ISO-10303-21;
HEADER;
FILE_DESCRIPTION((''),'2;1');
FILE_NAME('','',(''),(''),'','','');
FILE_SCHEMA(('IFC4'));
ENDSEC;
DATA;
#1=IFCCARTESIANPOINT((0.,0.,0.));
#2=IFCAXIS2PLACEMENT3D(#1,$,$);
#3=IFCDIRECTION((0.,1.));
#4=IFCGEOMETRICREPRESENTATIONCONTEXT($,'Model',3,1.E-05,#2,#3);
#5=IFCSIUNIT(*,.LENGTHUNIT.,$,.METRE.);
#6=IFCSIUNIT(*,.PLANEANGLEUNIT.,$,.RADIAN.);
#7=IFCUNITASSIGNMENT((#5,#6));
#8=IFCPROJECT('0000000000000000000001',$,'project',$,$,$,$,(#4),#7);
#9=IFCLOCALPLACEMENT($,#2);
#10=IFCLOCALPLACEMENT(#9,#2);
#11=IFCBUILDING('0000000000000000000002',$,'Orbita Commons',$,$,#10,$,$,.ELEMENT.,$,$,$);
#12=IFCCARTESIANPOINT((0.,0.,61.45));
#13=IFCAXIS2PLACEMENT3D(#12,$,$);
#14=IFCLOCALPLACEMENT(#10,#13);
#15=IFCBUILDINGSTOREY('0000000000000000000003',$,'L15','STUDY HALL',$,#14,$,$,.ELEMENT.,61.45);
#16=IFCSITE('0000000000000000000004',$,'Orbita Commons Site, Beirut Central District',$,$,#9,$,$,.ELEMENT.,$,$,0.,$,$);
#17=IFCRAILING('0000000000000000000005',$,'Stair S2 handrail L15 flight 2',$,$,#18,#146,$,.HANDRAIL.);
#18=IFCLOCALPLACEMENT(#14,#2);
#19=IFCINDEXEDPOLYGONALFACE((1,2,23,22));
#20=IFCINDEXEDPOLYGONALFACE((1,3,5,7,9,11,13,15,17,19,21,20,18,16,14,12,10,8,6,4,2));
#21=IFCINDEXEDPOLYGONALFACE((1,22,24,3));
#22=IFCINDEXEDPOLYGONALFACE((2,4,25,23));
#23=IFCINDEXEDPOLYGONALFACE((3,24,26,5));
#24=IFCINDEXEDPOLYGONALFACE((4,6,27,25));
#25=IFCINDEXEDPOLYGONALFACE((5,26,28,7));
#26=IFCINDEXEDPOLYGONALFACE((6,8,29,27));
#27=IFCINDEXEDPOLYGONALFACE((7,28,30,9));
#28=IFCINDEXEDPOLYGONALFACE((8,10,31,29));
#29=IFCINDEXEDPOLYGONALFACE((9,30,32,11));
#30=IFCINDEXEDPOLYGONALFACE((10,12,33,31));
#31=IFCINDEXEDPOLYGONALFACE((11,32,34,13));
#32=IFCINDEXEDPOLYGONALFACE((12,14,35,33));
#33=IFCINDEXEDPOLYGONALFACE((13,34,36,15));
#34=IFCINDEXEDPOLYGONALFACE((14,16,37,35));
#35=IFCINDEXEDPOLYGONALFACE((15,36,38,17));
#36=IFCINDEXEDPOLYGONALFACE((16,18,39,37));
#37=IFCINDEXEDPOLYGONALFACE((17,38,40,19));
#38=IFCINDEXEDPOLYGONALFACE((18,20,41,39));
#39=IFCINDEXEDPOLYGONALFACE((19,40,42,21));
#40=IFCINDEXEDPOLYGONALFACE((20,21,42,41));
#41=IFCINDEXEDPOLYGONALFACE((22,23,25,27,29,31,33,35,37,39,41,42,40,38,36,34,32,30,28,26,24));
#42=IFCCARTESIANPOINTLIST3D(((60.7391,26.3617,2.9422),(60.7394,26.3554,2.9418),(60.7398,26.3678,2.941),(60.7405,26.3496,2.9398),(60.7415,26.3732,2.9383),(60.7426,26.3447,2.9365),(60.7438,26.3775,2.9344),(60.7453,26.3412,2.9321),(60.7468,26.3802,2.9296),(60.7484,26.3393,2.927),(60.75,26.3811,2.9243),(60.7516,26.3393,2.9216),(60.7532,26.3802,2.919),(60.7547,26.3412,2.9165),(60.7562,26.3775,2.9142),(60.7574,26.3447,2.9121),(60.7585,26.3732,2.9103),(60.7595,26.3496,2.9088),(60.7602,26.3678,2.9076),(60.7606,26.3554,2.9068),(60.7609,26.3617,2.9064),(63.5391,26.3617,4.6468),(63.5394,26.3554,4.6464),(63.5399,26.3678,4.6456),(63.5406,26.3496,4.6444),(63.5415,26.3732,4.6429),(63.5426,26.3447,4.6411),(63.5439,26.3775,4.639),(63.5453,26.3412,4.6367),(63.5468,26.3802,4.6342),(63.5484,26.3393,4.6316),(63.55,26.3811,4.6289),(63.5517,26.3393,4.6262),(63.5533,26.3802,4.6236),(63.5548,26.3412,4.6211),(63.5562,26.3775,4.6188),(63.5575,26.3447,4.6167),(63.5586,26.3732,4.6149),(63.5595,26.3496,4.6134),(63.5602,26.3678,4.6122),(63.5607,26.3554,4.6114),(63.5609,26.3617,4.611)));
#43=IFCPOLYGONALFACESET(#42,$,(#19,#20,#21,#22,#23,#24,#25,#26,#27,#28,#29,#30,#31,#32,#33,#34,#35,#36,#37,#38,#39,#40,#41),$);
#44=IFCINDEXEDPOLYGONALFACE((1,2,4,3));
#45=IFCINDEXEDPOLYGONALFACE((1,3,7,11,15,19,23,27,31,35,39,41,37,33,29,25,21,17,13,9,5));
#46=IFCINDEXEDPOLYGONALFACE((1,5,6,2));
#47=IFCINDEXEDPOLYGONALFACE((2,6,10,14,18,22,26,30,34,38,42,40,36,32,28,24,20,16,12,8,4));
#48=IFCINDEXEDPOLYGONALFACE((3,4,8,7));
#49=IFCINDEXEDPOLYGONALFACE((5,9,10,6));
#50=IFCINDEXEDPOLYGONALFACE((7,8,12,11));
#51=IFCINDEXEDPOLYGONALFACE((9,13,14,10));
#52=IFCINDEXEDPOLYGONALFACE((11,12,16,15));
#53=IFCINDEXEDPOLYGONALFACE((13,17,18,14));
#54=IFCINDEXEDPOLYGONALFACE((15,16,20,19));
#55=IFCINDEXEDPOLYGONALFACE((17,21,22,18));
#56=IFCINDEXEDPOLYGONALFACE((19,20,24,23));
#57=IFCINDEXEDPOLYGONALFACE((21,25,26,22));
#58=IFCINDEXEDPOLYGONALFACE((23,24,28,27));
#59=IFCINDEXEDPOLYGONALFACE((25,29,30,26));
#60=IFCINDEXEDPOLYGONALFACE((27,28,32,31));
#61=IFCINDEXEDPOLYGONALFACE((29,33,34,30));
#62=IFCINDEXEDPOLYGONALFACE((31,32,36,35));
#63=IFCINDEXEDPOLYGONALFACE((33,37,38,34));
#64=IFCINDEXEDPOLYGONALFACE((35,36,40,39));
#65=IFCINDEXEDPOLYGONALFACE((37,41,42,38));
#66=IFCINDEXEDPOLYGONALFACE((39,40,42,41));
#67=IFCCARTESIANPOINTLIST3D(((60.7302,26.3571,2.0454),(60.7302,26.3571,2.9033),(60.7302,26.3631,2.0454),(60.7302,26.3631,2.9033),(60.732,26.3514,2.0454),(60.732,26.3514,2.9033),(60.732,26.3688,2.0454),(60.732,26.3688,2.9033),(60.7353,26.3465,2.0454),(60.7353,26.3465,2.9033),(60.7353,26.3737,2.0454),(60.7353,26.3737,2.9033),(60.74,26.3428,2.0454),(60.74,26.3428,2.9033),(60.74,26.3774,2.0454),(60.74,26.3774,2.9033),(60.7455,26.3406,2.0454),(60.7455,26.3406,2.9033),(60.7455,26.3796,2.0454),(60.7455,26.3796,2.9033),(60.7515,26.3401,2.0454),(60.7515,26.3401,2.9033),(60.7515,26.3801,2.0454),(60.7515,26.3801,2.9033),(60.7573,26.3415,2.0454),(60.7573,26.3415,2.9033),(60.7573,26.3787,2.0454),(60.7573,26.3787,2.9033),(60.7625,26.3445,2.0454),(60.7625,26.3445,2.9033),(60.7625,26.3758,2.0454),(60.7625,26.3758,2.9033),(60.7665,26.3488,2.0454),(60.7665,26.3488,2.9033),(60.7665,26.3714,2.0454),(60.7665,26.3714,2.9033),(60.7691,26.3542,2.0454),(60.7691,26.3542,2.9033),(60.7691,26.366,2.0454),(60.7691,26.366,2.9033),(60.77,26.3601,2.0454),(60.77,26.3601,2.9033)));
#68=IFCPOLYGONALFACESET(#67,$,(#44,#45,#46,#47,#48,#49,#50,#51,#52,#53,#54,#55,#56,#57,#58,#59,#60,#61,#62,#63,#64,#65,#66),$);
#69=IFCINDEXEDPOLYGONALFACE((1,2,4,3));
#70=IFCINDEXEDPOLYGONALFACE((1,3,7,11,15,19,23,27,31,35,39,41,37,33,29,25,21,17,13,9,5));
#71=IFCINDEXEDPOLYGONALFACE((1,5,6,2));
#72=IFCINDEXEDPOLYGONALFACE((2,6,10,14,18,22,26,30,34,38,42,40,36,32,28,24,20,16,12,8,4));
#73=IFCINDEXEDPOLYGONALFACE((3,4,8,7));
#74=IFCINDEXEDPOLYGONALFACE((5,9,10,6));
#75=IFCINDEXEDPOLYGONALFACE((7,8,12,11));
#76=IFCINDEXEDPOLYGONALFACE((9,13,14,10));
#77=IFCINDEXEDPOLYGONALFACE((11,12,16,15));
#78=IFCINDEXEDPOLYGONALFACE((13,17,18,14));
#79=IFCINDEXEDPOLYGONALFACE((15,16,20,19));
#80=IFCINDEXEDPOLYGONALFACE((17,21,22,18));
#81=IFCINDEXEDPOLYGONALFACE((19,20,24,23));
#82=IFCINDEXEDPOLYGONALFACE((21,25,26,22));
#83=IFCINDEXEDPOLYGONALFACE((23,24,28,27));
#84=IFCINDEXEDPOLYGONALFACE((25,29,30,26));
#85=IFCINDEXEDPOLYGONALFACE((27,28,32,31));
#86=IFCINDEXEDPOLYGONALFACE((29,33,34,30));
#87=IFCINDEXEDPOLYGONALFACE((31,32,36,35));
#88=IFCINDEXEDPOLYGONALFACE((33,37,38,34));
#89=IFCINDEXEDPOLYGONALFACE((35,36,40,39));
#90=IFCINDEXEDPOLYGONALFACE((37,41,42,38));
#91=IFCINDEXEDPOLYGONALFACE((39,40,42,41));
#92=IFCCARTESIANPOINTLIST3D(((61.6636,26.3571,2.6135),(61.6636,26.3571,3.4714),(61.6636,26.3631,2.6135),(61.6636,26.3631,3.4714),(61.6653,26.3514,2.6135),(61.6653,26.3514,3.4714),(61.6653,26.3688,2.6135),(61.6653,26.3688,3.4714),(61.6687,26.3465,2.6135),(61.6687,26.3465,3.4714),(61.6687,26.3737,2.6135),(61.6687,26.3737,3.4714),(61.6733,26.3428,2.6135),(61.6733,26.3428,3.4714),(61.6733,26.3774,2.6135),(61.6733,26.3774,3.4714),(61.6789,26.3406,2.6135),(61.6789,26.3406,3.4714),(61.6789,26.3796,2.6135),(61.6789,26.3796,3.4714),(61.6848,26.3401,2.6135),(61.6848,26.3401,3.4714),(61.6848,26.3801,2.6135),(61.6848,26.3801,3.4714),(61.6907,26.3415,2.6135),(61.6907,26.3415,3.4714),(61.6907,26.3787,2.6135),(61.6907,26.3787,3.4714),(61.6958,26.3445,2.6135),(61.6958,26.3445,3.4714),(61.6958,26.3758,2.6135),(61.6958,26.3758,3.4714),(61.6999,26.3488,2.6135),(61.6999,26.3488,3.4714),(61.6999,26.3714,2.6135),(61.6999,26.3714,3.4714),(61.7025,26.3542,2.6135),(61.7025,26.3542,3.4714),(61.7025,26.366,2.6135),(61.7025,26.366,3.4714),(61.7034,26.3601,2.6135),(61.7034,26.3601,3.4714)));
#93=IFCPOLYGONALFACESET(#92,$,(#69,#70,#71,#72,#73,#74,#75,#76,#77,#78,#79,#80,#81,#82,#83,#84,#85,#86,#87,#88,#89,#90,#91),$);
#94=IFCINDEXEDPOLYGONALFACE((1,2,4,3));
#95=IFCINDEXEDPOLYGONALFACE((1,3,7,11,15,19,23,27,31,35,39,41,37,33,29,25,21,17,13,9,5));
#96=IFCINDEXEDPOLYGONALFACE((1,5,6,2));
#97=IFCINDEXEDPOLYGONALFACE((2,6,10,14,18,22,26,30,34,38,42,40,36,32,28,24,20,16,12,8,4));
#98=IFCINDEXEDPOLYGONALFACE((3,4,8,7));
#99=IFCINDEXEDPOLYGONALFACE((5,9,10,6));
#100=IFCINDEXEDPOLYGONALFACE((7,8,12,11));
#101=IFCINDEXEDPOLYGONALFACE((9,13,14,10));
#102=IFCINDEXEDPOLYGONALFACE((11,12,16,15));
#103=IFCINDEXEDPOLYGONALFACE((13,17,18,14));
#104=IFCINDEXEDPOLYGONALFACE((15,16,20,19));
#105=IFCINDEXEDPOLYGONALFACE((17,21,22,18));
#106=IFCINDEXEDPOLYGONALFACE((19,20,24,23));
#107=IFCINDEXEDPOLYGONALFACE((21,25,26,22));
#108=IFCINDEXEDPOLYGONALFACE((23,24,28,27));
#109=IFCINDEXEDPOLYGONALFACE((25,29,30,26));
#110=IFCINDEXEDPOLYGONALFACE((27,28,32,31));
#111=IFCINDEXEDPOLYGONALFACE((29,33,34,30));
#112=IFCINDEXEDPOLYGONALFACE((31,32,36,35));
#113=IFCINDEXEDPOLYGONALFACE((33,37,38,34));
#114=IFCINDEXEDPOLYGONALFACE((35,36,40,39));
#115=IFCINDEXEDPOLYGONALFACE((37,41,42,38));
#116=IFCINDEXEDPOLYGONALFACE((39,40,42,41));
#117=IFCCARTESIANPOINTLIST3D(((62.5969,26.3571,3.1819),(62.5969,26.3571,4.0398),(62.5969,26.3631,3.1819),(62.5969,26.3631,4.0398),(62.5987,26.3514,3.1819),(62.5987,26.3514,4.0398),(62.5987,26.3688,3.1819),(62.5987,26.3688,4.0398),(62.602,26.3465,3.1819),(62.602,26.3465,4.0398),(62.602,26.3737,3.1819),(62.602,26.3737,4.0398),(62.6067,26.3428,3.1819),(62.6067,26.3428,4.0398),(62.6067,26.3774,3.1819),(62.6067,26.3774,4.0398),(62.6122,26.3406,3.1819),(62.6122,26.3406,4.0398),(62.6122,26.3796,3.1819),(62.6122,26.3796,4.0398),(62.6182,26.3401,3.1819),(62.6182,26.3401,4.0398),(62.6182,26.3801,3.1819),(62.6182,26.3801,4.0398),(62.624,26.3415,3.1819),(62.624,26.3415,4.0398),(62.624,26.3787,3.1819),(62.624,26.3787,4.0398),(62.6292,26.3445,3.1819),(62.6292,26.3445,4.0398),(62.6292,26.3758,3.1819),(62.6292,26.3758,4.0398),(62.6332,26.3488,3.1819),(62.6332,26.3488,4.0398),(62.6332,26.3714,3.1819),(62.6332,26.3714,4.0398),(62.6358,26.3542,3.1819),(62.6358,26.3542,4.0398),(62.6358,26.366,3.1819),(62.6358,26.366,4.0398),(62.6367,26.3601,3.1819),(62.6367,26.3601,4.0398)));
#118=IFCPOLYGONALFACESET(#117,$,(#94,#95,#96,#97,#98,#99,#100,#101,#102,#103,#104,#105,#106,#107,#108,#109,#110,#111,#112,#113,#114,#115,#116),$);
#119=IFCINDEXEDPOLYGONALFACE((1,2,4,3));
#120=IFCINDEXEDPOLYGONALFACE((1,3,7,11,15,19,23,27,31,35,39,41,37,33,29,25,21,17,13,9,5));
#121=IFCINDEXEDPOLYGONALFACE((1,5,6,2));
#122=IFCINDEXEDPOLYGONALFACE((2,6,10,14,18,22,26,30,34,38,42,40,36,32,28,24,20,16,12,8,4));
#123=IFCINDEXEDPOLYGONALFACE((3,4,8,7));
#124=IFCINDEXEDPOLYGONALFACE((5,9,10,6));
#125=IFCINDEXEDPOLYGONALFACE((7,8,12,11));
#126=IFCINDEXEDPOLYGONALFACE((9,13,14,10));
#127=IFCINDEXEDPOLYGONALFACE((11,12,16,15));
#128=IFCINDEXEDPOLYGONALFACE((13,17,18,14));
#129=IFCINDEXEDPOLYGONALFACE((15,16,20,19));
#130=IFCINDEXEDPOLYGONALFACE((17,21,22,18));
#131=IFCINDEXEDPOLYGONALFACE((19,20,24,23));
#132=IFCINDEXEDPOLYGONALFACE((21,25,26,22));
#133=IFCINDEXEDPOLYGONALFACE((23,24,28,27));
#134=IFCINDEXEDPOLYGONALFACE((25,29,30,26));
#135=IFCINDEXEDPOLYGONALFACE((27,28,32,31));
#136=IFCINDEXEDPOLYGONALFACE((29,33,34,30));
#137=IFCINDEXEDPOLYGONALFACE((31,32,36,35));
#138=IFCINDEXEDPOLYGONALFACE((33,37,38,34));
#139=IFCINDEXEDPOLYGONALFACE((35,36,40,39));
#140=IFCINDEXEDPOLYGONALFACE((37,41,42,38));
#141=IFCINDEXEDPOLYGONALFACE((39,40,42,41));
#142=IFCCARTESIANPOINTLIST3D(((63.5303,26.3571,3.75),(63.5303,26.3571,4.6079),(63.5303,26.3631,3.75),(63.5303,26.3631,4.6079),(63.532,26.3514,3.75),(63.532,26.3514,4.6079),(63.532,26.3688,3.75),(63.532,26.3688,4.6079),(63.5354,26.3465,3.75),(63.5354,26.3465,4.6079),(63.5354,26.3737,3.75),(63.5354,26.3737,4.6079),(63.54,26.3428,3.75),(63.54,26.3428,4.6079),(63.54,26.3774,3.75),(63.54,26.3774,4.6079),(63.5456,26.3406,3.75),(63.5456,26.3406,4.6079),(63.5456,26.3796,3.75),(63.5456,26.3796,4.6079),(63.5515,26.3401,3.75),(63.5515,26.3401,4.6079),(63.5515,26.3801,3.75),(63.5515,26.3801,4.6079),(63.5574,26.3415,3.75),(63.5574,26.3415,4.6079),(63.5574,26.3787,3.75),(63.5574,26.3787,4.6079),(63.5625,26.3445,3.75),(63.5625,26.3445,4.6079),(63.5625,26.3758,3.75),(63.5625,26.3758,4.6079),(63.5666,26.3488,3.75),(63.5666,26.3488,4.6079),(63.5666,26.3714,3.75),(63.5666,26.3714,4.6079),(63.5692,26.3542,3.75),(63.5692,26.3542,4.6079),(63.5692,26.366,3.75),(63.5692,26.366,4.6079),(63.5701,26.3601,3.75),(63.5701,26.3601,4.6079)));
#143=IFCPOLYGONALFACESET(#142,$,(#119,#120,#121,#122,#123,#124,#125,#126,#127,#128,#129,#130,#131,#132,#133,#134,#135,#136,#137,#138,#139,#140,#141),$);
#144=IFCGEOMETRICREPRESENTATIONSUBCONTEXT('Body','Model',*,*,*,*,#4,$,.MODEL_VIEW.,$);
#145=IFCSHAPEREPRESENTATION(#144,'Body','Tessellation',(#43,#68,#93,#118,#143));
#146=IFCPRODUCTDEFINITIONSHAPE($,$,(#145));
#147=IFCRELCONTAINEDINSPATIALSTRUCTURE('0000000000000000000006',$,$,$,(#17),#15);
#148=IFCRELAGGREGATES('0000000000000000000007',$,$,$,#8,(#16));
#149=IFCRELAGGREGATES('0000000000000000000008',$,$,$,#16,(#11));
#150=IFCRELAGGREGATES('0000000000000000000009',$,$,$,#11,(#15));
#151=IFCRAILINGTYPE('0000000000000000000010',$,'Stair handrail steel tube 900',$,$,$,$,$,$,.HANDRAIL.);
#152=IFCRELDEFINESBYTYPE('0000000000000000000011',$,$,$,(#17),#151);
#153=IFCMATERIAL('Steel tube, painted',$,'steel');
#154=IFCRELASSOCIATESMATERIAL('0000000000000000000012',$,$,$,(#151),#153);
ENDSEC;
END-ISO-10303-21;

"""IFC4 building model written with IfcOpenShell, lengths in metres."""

from ifc_helpers import new_model, si_unit, direction, frame, origin, origin_2d, place, context, subcontext, project, spatial, circle, extrude, material, type_object, element, save


model = new_model("IFC4")

# Units and contexts
model_context = context("Model", 3, precision=1e-05, world=origin(), true_north=direction((0.0, 1.0)))
body_context = subcontext(model_context, "Body", "Model", "MODEL_VIEW")
ifc_project = project(units=[si_unit("LENGTHUNIT", "METRE"), si_unit("PLANEANGLEUNIT", "RADIAN")], contexts=[model_context])

# Site, building, storey
site_placement = place(None, origin())
site = spatial("IfcSite", under=ifc_project, at=site_placement, Name="Orbita Commons Site, Beirut Central District", CompositionType="ELEMENT", RefElevation=0.0)
building_placement = place(site_placement, origin())
building = spatial("IfcBuilding", under=site, at=building_placement, Name="Orbita Commons", CompositionType="ELEMENT")
storey_placement = place(building_placement, frame((0.0, 0.0, 61.45)))
storey = spatial("IfcBuildingStorey", under=building, at=storey_placement, Name="L15", Description="STUDY HALL", CompositionType="ELEMENT", Elevation=61.45)

# Railing
ifc_material_1 = material(Name="Steel tube, painted", Category="steel")
railing_type = type_object("IfcRailingType", Name="Stair handrail steel tube 900", PredefinedType="HANDRAIL", material=ifc_material_1)
for number, where, name in (
    (1, (60.75, 26.3601, 2.0454), "Stair S2 handrail L15 flight 2"),
):
    element("IfcRailing", number, at=place(storey_placement, frame(where)), inside=storey, type_object=railing_type, Name=name, PredefinedType="HANDRAIL", context=body_context, shape_type="SweptSolid", body=[
        extrude(circle(Radius=0.021, at=origin_2d()), frame((0.0, 0.0, 0.8789), z_axis=(0.85417, 0.0, 0.519994), x_axis=(0.0, 1.0, 0.0)), (0.0, 0.0, 1.0), 3.2781),
        extrude(circle(Radius=0.02, at=origin_2d()), origin(), (0.0, 0.0, 1.0), 0.8579),
        extrude(circle(Radius=0.02, at=origin_2d()), frame((0.9333, 0.0, 0.5681)), (0.0, 0.0, 1.0), 0.8579),
        extrude(circle(Radius=0.02, at=origin_2d()), frame((1.8667, 0.0, 1.1365)), (0.0, 0.0, 1.0), 0.8579),
        extrude(circle(Radius=0.02, at=origin_2d()), frame((2.8, 0.0, 1.7046)), (0.0, 0.0, 1.0), 0.8579),
    ])

save(model, "model.ifc")
